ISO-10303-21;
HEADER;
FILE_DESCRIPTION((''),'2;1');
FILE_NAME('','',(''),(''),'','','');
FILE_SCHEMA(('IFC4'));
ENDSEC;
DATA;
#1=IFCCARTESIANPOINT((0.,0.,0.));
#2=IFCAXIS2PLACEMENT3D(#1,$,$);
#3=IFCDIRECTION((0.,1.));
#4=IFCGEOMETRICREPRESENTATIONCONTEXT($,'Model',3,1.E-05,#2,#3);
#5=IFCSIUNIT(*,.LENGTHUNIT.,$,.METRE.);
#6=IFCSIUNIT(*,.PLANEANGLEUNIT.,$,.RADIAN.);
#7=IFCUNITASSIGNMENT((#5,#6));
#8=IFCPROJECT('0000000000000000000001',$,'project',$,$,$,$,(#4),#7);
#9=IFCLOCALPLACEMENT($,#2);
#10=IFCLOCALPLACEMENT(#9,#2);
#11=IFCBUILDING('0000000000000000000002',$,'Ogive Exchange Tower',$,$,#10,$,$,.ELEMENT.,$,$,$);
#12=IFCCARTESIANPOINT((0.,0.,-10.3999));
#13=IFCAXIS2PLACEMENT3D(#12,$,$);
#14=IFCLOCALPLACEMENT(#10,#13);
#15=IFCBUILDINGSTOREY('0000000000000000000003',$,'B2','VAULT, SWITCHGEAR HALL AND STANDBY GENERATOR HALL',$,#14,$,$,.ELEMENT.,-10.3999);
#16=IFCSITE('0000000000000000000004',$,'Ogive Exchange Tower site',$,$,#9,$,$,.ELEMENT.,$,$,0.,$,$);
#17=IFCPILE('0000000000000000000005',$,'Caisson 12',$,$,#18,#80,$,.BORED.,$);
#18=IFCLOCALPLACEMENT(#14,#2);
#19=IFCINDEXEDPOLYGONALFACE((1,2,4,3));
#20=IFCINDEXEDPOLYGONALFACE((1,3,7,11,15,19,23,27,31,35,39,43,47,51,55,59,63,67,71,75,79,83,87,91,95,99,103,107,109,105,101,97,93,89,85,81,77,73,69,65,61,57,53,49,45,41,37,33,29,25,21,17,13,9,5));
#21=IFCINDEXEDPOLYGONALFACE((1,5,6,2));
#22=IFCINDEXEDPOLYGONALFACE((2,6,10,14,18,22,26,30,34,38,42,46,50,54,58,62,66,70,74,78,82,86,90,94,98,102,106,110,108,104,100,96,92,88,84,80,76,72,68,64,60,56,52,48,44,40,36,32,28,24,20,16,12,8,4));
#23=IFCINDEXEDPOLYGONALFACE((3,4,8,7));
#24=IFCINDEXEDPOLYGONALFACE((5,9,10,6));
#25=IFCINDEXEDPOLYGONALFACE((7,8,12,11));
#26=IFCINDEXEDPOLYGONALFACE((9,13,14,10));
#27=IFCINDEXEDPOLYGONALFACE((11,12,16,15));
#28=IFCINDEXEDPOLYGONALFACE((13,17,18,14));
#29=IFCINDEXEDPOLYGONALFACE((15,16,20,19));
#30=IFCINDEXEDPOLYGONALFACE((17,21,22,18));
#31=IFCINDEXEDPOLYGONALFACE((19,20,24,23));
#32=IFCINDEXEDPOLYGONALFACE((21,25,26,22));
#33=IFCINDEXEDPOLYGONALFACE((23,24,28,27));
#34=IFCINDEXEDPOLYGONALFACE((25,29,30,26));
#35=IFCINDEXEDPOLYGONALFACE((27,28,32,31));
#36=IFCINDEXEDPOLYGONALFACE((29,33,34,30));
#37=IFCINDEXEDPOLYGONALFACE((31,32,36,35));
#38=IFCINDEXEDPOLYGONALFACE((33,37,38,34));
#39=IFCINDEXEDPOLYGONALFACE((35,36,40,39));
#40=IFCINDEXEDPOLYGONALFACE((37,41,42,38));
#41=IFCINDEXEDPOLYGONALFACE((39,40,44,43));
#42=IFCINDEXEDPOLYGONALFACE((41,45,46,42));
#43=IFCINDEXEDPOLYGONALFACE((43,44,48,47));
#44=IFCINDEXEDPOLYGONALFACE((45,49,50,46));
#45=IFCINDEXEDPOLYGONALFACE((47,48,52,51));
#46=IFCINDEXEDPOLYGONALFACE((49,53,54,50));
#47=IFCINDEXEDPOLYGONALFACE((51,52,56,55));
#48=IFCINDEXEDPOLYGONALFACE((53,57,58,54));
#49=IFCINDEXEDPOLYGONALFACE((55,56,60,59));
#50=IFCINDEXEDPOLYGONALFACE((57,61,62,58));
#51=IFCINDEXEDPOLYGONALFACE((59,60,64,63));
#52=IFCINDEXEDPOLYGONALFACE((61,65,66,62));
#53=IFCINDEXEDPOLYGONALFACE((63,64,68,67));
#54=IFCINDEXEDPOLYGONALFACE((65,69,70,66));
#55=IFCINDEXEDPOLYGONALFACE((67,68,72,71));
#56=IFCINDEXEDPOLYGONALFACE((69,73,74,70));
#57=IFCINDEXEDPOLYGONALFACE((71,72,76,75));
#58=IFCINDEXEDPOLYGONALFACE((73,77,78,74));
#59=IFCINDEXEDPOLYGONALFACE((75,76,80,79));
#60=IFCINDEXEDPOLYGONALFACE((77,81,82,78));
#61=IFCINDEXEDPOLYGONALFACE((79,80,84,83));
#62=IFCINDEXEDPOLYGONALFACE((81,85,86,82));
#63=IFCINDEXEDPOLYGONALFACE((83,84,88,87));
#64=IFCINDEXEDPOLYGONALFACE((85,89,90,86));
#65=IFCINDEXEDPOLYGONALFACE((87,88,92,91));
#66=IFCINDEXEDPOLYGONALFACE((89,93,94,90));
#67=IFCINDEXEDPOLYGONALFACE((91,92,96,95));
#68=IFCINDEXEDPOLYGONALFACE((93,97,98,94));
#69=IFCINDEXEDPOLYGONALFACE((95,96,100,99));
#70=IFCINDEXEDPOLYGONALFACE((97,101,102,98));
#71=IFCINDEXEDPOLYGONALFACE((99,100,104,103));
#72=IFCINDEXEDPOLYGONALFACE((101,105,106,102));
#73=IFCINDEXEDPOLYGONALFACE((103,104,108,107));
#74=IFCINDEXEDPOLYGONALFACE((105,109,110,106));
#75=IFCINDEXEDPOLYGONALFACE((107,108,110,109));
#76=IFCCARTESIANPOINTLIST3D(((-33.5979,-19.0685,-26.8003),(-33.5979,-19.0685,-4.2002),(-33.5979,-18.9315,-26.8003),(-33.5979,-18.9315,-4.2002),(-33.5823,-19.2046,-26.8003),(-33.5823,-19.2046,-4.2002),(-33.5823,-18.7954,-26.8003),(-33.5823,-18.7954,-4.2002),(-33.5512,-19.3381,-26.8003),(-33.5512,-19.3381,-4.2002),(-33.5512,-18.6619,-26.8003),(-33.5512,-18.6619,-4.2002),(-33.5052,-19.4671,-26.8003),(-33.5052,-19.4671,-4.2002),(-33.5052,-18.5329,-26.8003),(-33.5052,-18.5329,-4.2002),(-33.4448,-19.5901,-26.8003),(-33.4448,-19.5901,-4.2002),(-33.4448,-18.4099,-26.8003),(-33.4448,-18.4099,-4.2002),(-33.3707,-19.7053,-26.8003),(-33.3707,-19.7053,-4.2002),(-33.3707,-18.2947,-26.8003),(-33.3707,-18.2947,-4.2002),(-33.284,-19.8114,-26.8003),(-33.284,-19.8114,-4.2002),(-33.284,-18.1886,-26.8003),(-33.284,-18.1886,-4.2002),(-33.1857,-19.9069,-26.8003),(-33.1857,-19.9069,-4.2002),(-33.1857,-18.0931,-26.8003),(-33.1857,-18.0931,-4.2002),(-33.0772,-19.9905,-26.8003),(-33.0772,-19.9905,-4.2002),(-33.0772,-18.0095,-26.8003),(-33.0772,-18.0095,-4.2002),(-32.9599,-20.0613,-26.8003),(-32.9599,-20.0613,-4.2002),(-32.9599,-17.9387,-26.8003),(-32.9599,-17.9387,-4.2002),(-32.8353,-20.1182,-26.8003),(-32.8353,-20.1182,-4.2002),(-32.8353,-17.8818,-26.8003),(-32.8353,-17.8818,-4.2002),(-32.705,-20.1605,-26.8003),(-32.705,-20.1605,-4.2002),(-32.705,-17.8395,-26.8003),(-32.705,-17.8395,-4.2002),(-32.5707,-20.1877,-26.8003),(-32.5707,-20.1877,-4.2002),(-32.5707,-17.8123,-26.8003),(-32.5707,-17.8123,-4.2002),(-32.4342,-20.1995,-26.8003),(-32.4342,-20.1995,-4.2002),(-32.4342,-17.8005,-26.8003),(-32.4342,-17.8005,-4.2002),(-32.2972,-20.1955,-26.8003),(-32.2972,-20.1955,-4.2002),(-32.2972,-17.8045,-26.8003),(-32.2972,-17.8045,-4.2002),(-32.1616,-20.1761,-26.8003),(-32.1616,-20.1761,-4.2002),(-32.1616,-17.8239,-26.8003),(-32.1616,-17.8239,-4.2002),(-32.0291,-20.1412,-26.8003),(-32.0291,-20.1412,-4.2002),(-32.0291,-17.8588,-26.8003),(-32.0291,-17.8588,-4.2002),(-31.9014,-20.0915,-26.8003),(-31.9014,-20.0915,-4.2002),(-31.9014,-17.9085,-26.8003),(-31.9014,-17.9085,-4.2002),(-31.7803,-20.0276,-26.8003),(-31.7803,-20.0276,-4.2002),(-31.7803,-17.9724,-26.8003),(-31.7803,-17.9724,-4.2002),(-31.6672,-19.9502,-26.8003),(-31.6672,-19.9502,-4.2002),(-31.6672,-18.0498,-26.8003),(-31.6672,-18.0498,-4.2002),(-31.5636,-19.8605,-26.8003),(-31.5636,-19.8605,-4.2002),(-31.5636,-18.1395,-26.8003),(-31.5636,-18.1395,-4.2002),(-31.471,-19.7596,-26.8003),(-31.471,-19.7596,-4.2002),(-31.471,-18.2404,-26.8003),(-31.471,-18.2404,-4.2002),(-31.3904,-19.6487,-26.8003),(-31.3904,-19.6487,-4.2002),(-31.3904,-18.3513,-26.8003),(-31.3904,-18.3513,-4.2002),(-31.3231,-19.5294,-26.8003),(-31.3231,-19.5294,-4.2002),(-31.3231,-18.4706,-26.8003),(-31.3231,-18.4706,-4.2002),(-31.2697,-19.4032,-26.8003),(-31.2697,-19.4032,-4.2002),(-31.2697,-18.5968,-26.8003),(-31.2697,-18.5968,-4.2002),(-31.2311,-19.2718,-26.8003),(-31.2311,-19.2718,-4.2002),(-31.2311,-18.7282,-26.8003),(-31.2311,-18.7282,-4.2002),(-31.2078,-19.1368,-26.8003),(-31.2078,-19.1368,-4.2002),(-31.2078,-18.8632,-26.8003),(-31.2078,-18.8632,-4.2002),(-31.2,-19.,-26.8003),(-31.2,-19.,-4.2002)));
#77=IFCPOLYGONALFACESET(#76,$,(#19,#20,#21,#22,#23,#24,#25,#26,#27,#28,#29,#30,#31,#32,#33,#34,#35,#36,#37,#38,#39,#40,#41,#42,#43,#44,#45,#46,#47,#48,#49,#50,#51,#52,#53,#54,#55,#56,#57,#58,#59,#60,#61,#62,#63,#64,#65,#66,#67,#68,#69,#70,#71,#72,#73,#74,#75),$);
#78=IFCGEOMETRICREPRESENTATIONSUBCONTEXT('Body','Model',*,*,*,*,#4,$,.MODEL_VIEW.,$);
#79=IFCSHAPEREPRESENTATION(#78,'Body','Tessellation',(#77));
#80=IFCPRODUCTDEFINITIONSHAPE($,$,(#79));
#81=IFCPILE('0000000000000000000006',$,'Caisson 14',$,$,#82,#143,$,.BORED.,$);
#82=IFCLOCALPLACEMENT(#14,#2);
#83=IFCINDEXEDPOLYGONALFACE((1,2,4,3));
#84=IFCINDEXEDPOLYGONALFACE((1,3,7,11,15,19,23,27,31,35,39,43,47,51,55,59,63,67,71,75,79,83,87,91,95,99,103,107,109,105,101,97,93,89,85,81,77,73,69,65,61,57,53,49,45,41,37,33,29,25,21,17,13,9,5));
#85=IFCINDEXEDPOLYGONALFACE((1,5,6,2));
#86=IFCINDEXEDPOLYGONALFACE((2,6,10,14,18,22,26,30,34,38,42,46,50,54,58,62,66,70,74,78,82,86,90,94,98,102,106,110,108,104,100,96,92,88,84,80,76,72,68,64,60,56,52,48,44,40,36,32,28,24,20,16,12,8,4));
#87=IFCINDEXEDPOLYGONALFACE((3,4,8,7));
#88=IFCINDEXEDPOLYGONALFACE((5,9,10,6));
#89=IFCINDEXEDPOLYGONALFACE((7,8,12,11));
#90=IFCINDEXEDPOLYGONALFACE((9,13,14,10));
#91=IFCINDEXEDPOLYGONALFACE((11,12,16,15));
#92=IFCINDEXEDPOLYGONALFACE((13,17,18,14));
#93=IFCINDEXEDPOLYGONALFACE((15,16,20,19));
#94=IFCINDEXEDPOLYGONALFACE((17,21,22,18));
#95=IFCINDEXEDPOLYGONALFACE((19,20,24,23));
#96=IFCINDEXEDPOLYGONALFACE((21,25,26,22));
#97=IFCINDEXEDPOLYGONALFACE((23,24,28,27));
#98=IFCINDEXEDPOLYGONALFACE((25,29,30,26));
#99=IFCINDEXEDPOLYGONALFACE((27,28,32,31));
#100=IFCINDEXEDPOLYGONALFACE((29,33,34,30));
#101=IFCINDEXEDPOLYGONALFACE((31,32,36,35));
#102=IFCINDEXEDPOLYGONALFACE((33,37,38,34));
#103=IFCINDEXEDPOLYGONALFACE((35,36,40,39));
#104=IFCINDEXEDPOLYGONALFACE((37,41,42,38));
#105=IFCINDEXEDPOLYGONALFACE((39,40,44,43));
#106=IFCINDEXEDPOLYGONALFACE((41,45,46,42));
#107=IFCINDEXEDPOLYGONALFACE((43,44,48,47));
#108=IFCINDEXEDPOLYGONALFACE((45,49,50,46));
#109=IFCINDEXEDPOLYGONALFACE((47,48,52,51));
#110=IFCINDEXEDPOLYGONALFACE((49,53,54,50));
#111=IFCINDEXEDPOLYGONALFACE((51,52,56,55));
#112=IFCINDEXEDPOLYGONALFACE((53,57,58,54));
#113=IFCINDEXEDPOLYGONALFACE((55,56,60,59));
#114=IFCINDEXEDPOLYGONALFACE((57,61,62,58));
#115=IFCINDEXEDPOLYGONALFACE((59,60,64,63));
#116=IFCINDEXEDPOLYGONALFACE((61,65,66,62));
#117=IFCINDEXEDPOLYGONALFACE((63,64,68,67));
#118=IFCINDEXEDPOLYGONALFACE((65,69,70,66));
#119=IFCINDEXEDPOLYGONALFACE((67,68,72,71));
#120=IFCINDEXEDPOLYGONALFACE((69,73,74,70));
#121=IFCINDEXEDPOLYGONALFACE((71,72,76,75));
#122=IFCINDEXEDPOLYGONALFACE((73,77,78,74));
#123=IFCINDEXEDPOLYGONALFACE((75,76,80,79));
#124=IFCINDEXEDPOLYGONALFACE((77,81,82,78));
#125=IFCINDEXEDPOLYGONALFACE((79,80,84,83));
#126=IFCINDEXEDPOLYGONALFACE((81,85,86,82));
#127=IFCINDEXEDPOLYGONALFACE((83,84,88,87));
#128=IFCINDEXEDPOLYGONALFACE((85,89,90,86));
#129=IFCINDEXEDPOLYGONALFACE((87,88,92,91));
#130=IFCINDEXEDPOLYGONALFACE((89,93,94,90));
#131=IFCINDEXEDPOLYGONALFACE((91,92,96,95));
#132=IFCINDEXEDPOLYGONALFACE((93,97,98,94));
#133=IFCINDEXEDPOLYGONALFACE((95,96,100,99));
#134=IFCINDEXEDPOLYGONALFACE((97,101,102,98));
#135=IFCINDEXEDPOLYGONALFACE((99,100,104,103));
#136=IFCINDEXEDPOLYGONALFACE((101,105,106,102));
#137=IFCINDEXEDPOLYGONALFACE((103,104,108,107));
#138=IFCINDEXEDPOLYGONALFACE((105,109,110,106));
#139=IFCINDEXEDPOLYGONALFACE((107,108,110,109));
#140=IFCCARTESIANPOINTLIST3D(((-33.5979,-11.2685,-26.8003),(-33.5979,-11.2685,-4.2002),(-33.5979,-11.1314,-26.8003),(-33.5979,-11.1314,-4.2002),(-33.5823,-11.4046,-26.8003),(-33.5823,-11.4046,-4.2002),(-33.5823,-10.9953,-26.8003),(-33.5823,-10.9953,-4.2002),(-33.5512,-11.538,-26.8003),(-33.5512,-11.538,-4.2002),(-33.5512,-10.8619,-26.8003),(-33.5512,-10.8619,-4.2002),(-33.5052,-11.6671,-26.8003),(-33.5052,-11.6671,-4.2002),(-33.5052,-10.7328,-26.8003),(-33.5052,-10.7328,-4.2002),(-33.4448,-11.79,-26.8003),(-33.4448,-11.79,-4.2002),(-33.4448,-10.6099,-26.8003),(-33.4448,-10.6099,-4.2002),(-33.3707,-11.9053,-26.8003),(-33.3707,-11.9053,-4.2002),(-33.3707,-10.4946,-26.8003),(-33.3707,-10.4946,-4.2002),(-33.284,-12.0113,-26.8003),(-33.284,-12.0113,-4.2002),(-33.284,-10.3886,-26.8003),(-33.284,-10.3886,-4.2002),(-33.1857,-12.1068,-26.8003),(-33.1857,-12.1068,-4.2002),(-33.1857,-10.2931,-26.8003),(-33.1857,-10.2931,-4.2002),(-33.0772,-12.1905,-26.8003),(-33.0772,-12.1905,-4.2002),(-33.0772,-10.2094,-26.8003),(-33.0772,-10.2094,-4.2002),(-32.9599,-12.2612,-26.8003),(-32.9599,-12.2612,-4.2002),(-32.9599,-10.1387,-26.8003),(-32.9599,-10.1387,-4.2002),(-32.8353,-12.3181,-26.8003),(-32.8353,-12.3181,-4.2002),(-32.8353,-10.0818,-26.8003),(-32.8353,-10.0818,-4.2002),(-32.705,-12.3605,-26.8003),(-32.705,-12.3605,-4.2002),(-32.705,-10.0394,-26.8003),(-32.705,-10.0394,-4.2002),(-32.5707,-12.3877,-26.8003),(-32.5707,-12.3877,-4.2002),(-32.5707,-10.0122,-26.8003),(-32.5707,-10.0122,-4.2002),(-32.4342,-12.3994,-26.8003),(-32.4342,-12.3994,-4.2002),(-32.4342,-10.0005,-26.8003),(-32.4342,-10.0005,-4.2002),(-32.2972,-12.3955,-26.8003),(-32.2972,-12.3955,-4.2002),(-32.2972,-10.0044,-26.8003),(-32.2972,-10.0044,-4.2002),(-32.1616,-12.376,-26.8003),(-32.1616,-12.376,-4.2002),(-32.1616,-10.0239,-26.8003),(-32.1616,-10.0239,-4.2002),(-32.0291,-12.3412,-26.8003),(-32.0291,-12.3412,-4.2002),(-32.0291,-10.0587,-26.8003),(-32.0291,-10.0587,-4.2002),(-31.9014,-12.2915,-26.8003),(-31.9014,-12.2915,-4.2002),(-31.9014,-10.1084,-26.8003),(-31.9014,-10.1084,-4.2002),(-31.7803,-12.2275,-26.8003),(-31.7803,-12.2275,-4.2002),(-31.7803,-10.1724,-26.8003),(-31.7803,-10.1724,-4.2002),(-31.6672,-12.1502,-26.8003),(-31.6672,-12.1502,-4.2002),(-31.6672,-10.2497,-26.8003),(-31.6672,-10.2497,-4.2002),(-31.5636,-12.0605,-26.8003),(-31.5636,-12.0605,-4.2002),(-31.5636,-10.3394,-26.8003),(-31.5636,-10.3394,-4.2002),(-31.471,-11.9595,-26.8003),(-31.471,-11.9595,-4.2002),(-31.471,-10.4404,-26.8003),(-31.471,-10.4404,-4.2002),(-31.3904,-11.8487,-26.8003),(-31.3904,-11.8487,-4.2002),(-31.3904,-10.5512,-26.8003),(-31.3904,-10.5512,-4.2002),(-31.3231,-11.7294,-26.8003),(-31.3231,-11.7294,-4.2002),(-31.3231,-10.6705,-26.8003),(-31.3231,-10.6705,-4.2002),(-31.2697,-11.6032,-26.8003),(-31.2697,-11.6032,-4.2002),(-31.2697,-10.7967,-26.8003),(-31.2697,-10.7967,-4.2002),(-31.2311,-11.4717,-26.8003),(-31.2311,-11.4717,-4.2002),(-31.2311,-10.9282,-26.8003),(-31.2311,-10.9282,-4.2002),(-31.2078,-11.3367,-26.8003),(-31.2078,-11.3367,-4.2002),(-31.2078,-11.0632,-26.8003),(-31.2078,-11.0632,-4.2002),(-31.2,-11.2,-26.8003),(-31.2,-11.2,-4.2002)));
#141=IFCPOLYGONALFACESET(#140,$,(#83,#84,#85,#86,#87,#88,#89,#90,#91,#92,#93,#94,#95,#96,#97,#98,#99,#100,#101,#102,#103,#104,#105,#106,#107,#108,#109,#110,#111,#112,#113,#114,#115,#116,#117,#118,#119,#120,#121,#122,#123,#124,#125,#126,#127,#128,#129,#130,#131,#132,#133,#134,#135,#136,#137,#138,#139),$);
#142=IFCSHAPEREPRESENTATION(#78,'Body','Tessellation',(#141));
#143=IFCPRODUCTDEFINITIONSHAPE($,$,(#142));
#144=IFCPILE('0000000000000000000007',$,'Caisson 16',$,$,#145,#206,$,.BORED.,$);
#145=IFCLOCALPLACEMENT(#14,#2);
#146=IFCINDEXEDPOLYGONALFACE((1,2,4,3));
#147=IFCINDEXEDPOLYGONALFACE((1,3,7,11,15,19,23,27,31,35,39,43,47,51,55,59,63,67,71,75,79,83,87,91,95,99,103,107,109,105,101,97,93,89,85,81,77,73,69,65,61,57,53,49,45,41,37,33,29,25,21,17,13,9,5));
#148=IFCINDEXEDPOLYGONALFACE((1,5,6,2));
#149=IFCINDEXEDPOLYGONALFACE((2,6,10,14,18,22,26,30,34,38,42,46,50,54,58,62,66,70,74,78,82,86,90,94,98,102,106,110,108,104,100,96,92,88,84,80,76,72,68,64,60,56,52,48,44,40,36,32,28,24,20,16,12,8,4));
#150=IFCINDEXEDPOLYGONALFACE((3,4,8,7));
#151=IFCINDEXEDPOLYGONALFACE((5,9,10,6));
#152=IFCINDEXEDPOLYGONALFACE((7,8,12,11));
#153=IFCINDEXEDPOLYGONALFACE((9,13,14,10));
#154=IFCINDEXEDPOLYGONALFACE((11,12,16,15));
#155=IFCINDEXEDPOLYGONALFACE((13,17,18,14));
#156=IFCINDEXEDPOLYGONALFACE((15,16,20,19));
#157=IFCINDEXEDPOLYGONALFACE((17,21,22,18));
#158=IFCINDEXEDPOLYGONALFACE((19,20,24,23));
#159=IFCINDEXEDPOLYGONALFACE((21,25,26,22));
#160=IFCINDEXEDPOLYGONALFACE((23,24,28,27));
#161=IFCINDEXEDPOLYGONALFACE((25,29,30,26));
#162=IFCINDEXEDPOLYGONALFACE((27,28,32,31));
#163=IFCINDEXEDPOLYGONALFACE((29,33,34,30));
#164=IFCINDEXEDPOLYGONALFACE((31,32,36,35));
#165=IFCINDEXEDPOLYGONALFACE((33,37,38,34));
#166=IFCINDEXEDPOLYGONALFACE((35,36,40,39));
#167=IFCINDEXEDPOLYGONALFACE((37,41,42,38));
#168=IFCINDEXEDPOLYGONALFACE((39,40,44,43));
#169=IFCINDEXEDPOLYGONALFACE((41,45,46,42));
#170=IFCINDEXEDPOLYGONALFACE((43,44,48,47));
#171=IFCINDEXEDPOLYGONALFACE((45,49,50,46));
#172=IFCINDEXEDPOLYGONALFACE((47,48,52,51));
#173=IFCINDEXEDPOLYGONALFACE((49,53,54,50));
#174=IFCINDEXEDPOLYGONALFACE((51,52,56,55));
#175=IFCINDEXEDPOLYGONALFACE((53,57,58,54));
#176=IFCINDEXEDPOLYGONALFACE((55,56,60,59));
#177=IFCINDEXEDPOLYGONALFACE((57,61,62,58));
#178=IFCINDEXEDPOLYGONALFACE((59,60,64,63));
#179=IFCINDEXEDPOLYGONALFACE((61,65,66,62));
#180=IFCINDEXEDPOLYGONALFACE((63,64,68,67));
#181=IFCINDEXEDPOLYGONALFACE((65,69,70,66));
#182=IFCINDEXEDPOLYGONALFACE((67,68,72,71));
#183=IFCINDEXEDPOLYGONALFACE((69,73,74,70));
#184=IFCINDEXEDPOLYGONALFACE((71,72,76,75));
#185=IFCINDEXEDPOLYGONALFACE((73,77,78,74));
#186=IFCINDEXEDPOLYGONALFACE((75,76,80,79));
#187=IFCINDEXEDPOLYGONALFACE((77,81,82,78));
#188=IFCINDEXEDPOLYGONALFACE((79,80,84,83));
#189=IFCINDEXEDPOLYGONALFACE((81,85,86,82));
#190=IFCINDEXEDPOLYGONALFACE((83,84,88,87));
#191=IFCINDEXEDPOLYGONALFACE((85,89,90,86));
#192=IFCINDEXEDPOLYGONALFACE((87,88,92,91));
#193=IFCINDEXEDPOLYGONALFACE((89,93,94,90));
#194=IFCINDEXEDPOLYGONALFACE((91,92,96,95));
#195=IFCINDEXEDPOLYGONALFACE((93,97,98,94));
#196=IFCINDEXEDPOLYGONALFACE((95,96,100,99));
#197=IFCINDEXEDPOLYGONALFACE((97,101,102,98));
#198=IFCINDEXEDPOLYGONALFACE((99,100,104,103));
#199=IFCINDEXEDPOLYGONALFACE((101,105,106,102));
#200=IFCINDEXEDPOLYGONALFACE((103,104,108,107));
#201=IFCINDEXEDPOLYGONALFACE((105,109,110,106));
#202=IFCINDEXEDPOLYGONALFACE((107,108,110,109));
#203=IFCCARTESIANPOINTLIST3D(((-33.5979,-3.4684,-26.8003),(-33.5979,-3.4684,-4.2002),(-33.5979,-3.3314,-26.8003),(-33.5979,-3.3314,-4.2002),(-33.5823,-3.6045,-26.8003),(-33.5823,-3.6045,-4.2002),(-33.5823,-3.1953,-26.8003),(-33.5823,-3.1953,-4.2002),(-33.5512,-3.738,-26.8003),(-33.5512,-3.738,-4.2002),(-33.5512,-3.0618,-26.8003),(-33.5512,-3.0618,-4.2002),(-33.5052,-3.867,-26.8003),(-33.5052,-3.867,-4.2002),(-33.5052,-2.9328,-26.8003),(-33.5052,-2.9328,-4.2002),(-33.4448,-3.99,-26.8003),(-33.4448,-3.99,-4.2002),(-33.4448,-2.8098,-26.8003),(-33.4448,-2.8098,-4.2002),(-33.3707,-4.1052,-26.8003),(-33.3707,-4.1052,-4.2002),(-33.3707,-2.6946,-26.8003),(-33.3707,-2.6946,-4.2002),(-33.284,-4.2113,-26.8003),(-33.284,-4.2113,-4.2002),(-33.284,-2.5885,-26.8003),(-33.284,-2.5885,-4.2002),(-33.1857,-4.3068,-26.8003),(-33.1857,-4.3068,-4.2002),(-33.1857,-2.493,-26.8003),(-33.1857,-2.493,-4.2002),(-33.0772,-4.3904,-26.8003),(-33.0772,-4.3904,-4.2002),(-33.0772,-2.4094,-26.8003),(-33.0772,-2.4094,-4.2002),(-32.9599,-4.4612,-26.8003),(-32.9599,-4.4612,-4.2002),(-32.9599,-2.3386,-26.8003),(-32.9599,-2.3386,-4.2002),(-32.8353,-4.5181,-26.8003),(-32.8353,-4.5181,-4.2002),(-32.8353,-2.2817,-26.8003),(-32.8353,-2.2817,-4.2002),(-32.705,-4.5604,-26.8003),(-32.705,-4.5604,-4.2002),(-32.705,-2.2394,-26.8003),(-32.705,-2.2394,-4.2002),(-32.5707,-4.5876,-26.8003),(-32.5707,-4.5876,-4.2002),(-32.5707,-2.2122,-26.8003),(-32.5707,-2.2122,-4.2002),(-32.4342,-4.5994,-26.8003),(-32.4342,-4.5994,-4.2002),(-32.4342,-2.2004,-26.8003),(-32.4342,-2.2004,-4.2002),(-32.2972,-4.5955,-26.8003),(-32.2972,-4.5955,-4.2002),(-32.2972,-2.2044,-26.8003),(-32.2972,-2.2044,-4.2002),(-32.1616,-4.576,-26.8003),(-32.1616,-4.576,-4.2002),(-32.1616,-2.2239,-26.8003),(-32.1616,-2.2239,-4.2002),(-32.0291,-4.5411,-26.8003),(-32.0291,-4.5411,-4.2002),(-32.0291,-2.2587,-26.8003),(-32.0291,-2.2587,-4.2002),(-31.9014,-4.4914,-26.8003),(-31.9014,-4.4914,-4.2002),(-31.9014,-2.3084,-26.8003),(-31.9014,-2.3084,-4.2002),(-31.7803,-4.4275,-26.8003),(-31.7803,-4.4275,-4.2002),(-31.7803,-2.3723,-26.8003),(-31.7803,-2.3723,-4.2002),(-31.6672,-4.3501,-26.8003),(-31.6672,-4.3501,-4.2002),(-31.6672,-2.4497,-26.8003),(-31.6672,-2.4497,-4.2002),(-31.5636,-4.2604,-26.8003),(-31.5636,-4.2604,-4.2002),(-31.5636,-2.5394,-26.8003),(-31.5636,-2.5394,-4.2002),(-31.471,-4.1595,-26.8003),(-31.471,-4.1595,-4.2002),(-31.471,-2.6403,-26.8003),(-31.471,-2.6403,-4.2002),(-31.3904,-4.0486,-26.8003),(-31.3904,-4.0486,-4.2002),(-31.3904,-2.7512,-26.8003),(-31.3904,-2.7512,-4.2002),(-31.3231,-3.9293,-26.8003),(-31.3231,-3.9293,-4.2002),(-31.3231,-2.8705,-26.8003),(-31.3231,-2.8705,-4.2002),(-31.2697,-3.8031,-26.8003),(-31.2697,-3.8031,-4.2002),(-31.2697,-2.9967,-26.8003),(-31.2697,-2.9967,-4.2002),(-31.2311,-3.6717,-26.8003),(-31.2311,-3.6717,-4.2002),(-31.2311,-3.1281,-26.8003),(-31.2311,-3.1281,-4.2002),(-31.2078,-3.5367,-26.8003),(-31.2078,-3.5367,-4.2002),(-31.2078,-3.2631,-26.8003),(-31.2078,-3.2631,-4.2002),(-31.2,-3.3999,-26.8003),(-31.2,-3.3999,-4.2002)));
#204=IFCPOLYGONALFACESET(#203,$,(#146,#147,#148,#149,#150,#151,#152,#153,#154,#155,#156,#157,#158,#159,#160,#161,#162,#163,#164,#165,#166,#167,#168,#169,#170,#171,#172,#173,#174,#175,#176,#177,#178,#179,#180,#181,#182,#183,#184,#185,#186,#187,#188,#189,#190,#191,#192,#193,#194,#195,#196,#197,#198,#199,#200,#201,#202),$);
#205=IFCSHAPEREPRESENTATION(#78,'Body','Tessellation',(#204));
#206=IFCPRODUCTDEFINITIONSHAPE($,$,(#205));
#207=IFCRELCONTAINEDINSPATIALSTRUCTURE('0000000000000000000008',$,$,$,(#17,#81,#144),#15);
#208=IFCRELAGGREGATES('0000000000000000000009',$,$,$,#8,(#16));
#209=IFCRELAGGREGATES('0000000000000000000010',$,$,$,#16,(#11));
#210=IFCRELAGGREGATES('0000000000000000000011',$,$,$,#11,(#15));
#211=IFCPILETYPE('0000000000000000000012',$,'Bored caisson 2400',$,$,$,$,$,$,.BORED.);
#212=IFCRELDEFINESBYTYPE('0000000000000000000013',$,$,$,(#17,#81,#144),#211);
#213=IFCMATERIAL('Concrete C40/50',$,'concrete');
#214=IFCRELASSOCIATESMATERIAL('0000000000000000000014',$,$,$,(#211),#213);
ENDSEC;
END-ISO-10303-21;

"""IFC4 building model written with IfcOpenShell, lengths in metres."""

from ifc_helpers import new_model, si_unit, direction, frame, origin, origin_2d, place, context, subcontext, project, spatial, circle, extrude, material, material_profile, profile_set, type_object, element, save


model = new_model("IFC4")

# Units and contexts
model_context = context("Model", 3, precision=1e-05, world=origin(), true_north=direction((0.0, 1.0)))
body_context = subcontext(model_context, "Body", "Model", "MODEL_VIEW")
ifc_project = project(units=[si_unit("LENGTHUNIT", "METRE"), si_unit("PLANEANGLEUNIT", "RADIAN")], contexts=[model_context])

# Site, building, storey
site_placement = place(None, origin())
site = spatial("IfcSite", under=ifc_project, at=site_placement, Name="Ogive Exchange Tower site", CompositionType="ELEMENT", RefElevation=0.0)
building_placement = place(site_placement, origin())
building = spatial("IfcBuilding", under=site, at=building_placement, Name="Ogive Exchange Tower", CompositionType="ELEMENT")
storey_placement = place(building_placement, frame((0.0, 0.0, -10.3999)))
storey = spatial("IfcBuildingStorey", under=building, at=storey_placement, Name="B2", Description="VAULT, SWITCHGEAR HALL AND STANDBY GENERATOR HALL", CompositionType="ELEMENT", Elevation=-10.3999)

# Piles
ifc_material_1 = material(Name="Concrete C40/50", Category="concrete")
ifc_material_profile_1 = material_profile(ifc_material_1, circle(Radius=1.2, at=origin_2d()), Name="RC caisson 2400")
ifc_profile_set_1 = profile_set([ifc_material_profile_1], Name="Concrete C40/50")
pile_type = type_object("IfcPileType", Name="Bored caisson 2400", PredefinedType="BORED", material=ifc_profile_set_1)
for number, where, z_axis, x_axis, name in (
    (1, (-32.3999, -19.0, -4.2002), (0.0, 0.0, -1.0), (1.0, 0.0, 0.0), "Caisson 12"),
    (2, (-32.3999, -11.2, -4.2002), (0.0, 0.0, -1.0), (1.0, 0.0, 0.0), "Caisson 14"),
    (3, (-32.3999, -3.3999, -4.2002), (0.0, 0.0, -1.0), (1.0, 0.0, 0.0), "Caisson 16"),
):
    element("IfcPile", number, at=place(storey_placement, frame(where, z_axis=z_axis, x_axis=x_axis)), inside=storey, type_object=pile_type, Name=name, PredefinedType="BORED", context=body_context, shape_type="SweptSolid", body=[
        extrude(circle(Radius=1.2, at=origin_2d()), origin(), (0.0, 0.0, 1.0), 22.6001),
    ])

save(model, "model.ifc")
